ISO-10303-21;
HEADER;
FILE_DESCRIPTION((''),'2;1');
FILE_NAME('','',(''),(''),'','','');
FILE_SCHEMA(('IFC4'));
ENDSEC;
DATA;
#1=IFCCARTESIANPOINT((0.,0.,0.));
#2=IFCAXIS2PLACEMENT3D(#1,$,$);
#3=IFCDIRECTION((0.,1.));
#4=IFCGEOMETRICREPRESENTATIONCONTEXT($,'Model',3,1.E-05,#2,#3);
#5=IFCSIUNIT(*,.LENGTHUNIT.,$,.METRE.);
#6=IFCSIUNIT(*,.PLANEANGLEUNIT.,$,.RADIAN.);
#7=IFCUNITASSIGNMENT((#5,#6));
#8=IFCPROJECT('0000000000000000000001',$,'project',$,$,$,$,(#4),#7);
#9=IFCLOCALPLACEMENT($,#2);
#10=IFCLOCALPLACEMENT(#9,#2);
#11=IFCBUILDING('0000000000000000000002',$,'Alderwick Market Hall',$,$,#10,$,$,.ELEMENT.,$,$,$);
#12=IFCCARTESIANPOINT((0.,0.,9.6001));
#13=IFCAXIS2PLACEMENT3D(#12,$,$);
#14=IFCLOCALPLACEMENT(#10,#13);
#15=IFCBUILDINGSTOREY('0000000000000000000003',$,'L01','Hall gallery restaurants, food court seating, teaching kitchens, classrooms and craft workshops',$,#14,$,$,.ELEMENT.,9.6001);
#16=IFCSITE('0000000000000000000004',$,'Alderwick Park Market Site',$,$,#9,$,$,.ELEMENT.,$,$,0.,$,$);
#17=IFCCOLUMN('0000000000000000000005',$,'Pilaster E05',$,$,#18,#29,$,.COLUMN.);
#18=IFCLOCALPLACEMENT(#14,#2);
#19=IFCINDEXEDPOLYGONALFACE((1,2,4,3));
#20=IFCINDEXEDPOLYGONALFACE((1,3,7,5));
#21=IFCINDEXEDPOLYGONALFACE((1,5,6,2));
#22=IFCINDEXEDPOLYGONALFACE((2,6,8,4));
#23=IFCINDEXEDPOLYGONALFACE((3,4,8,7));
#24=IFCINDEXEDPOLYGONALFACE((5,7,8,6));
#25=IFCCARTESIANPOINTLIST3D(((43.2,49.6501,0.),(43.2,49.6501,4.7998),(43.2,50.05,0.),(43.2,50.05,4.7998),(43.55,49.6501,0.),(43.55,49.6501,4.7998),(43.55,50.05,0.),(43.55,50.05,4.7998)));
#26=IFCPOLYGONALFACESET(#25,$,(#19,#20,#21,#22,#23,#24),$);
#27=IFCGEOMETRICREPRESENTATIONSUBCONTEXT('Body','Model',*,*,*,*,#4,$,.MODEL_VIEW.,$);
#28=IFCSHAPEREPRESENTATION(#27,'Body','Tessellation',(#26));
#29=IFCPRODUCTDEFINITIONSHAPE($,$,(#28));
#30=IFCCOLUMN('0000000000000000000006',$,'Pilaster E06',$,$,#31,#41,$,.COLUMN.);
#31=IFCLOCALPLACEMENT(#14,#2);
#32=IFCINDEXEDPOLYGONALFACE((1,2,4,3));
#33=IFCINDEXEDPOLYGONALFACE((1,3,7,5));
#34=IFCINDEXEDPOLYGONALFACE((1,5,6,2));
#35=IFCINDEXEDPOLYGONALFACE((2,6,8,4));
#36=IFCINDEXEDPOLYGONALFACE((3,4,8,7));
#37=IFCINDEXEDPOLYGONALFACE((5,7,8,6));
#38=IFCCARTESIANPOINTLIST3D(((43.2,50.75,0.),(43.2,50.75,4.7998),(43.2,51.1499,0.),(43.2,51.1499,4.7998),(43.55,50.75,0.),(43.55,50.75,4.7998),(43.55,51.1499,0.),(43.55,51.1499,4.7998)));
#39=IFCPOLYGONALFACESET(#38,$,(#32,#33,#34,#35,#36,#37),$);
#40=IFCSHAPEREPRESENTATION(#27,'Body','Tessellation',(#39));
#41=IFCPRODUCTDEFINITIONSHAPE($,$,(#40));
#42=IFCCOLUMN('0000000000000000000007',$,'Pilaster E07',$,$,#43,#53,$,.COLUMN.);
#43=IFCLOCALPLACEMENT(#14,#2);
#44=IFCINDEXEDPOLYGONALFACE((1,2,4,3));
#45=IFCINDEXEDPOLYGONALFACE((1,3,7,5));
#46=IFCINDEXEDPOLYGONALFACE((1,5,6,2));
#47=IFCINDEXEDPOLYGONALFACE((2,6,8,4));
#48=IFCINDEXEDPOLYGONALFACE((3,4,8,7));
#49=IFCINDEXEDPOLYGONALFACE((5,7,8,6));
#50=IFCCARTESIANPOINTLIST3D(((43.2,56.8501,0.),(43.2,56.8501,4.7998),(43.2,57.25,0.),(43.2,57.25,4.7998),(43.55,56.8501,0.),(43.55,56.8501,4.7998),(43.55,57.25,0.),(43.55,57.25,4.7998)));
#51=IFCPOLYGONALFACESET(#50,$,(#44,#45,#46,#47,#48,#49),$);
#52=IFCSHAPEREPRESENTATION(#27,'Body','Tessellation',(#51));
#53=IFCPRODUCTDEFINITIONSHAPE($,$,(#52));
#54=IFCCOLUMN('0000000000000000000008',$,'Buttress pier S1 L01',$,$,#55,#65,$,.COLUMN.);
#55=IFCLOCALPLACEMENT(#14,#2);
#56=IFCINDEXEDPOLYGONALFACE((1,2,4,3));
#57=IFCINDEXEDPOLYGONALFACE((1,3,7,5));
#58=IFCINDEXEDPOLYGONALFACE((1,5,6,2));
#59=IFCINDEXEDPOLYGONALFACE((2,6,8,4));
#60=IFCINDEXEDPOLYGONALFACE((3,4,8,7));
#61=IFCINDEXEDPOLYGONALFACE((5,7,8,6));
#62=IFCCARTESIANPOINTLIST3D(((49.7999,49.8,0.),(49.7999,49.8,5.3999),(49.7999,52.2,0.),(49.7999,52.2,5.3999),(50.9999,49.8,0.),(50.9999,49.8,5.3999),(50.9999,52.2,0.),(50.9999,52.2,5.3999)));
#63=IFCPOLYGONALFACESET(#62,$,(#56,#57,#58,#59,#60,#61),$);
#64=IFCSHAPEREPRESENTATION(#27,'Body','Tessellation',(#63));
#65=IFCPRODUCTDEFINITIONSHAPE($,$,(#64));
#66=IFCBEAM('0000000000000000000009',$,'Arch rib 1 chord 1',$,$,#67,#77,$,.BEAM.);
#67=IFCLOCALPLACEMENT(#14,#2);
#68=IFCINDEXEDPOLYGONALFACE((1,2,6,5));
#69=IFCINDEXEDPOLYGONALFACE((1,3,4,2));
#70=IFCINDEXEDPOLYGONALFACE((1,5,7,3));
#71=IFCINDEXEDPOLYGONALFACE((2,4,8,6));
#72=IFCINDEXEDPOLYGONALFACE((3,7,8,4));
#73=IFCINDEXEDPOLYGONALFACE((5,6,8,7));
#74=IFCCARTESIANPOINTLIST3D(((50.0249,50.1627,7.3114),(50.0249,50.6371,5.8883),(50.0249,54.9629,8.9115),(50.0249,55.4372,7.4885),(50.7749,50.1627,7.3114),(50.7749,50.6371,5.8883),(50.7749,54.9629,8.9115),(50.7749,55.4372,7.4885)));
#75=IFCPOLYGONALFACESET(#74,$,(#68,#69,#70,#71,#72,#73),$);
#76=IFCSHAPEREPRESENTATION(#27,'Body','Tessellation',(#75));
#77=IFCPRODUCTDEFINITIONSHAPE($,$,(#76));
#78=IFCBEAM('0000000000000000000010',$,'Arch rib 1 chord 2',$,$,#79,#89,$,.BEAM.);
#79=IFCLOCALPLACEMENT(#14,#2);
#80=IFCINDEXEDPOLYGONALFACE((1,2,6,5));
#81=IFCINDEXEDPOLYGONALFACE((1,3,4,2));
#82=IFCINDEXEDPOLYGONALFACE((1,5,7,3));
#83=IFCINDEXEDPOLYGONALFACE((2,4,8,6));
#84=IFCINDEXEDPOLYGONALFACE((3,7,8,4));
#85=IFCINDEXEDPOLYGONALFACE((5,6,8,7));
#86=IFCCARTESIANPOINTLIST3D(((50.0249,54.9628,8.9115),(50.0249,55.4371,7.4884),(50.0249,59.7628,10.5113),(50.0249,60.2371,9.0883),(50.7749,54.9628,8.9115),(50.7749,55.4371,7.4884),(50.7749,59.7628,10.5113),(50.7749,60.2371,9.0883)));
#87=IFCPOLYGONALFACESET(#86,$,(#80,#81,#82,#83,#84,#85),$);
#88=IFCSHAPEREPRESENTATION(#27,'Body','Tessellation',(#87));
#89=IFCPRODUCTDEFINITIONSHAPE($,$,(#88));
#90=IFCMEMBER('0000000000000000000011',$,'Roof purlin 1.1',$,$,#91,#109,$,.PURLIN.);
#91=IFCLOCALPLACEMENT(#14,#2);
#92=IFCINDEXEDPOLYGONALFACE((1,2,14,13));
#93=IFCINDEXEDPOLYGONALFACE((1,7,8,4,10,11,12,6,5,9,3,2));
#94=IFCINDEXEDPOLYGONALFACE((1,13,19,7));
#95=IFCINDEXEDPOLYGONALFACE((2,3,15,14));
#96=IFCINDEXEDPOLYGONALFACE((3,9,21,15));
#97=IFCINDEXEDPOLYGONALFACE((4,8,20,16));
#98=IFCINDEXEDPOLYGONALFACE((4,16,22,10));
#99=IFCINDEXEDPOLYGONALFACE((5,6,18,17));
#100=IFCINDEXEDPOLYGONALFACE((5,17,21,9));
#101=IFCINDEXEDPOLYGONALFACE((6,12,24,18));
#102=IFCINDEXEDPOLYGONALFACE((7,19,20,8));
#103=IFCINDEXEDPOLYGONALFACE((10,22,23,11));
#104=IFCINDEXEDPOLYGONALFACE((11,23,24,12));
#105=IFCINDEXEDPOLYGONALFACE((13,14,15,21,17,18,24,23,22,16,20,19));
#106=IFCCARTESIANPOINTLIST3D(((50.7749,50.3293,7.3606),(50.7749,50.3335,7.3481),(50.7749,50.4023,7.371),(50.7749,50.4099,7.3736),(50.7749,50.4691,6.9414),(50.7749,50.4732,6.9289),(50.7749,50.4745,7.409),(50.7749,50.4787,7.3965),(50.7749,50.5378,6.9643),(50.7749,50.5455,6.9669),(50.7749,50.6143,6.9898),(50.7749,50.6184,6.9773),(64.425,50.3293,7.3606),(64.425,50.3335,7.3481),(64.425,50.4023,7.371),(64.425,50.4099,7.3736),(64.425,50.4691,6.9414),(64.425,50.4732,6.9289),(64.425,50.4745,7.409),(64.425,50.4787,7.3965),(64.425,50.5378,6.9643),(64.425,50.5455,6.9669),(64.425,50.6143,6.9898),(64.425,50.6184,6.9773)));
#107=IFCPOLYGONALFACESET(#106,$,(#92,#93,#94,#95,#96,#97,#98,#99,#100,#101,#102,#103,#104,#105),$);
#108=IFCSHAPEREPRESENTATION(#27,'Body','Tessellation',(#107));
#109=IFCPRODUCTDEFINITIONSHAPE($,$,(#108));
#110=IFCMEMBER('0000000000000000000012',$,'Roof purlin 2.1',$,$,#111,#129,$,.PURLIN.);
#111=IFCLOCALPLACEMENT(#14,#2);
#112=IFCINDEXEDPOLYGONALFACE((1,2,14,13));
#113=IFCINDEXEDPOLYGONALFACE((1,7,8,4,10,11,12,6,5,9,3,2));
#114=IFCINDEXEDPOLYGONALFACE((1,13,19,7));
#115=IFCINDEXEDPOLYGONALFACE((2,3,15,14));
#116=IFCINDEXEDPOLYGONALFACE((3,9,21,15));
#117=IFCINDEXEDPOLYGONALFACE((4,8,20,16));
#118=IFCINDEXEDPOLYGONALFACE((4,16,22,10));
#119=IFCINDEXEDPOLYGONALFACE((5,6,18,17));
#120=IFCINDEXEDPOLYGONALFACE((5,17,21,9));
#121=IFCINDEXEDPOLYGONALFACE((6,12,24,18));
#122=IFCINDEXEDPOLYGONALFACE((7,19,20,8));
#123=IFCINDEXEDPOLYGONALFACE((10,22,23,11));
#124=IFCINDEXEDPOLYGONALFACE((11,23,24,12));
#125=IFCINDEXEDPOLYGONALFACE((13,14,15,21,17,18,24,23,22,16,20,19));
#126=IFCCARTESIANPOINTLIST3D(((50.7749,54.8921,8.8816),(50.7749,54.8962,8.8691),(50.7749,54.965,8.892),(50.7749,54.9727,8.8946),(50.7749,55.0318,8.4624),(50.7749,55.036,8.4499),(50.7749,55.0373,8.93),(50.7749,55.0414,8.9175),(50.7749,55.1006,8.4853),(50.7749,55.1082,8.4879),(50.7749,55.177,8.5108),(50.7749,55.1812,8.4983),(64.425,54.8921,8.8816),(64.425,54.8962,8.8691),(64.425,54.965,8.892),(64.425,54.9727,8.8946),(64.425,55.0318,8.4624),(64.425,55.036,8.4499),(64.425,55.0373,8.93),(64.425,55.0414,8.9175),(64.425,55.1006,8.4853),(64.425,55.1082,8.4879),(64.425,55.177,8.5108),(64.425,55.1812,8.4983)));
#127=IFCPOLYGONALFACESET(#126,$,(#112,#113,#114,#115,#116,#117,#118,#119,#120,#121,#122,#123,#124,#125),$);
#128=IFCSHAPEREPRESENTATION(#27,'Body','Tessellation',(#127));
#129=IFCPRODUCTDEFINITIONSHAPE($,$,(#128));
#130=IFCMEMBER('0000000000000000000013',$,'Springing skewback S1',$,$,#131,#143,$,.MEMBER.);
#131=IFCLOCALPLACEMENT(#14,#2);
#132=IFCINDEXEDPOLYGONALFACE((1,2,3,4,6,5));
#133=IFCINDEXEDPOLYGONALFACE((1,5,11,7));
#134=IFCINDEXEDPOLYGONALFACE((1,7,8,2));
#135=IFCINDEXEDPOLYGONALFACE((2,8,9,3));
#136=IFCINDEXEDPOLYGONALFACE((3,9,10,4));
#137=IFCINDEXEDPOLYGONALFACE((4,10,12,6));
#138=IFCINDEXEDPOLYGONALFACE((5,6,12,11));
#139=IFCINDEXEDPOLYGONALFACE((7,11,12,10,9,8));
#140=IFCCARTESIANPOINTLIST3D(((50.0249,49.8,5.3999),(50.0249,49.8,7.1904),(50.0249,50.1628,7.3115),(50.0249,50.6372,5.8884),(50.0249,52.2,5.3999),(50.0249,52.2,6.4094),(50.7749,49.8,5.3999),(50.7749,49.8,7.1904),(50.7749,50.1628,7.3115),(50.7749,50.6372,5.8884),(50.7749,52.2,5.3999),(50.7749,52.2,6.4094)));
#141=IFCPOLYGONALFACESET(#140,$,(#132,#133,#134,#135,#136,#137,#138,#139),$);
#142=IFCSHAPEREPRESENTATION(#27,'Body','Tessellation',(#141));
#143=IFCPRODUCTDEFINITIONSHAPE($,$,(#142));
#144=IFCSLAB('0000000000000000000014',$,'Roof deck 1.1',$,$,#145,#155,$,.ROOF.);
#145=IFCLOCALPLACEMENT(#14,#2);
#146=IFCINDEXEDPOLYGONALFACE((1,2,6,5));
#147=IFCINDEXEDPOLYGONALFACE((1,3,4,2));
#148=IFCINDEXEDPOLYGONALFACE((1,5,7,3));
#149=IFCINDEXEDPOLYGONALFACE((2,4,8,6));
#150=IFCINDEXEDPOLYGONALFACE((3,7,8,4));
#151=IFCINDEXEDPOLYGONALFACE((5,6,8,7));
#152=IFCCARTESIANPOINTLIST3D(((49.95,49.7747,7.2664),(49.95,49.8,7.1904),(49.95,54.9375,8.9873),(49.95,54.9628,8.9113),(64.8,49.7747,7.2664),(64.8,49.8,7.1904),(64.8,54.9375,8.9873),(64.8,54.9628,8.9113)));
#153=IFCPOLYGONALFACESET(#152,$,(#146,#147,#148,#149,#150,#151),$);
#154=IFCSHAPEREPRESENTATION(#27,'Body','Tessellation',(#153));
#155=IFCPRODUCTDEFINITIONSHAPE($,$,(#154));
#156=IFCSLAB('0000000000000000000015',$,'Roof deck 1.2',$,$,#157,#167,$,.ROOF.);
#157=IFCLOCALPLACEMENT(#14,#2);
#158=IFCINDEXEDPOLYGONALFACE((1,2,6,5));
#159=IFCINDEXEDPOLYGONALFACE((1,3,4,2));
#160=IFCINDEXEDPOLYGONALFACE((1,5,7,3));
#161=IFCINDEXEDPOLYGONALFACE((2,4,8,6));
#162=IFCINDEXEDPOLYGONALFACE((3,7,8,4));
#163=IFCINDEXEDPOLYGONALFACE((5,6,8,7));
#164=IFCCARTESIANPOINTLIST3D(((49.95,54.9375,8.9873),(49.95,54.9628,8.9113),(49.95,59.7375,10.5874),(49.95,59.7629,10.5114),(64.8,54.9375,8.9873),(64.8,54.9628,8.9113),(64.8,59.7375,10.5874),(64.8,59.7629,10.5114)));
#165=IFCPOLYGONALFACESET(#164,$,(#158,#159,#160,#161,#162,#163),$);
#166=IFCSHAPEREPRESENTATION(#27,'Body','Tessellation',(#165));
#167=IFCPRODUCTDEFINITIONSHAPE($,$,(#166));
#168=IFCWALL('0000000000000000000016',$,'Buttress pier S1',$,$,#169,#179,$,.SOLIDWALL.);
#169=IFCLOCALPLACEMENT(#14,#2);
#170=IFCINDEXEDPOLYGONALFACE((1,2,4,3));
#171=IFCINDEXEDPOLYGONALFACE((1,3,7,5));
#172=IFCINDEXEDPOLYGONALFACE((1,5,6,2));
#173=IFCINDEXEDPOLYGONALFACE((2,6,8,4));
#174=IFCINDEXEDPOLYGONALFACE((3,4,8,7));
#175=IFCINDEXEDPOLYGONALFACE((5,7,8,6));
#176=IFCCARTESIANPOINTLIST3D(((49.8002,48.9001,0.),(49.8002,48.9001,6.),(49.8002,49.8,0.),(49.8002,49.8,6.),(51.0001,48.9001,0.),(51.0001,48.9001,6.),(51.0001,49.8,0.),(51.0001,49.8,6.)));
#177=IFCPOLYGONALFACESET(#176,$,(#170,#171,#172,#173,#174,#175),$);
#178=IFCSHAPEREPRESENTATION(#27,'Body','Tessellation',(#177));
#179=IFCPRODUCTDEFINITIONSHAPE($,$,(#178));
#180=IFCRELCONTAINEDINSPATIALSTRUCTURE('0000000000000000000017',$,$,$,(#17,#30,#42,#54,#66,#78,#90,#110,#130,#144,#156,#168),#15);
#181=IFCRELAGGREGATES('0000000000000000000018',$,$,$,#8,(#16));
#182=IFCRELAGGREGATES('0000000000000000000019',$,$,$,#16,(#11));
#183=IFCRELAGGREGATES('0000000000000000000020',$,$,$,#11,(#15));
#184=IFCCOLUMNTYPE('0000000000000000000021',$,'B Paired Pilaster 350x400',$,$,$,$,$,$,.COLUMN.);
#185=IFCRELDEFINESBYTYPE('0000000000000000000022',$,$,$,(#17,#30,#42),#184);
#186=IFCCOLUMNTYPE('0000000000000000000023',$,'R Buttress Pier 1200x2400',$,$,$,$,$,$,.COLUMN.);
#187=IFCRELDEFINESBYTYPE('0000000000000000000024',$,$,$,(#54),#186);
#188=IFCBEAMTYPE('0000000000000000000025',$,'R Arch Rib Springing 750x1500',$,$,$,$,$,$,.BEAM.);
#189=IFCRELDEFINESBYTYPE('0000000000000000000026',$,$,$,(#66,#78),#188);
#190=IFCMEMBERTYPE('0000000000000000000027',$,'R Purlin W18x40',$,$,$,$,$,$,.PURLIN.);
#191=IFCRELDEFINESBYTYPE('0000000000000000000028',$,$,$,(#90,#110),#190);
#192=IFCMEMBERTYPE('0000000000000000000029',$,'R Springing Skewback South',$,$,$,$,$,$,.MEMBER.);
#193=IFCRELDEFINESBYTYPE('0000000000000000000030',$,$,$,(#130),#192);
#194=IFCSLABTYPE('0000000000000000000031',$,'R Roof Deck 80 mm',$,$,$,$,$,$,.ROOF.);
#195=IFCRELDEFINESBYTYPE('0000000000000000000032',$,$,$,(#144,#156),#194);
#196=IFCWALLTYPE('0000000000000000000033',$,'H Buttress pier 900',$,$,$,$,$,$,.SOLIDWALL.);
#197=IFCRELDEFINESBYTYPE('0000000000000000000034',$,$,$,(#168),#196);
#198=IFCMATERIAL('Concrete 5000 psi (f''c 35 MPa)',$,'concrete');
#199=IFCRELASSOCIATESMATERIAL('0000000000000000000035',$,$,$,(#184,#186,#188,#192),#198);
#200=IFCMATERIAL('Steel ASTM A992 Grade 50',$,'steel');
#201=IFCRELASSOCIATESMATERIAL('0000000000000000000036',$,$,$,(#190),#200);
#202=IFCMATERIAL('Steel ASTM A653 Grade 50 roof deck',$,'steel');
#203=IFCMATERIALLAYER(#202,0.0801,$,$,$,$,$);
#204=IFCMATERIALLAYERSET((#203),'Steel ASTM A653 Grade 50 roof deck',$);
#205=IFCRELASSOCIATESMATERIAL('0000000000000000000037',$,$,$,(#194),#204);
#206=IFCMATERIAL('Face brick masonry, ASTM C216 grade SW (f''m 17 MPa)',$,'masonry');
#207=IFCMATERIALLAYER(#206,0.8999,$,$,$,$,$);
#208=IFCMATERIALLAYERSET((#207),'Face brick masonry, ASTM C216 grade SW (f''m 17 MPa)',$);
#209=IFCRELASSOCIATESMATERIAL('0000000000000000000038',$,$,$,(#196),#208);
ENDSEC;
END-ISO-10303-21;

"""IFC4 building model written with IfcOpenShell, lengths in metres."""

from ifc_helpers import new_model, si_unit, direction, frame, frame_2d, origin, origin_2d, place, context, subcontext, project, spatial, polyline, rectangle, i_section, outline, extrude, material, layer, layer_set, material_profile, profile_set, type_object, element, save


model = new_model("IFC4")

# Units and contexts
model_context = context("Model", 3, precision=1e-05, world=origin(), true_north=direction((0.0, 1.0)))
body_context = subcontext(model_context, "Body", "Model", "MODEL_VIEW")
ifc_project = project(units=[si_unit("LENGTHUNIT", "METRE"), si_unit("PLANEANGLEUNIT", "RADIAN")], contexts=[model_context])

# Site, building, storey
site_placement = place(None, origin())
site = spatial("IfcSite", under=ifc_project, at=site_placement, Name="Alderwick Park Market Site", CompositionType="ELEMENT", RefElevation=0.0)
building_placement = place(site_placement, origin())
building = spatial("IfcBuilding", under=site, at=building_placement, Name="Alderwick Market Hall", CompositionType="ELEMENT")
storey_placement = place(building_placement, frame((0.0, 0.0, 9.6001)))
storey = spatial("IfcBuildingStorey", under=building, at=storey_placement, Name="L01", Description="Hall gallery restaurants, food court seating, teaching kitchens, classrooms and craft workshops", CompositionType="ELEMENT", Elevation=9.6001)

# Columns
ifc_material_1 = material(Name="Concrete 5000 psi (f'c 35 MPa)", Category="concrete")
ifc_material_profile_1 = material_profile(ifc_material_1, rectangle(XDim=0.3501, YDim=0.3999, at=origin_2d()), Name="B Paired Pilaster 350x400")
ifc_profile_set_1 = profile_set([ifc_material_profile_1], Name="Concrete 5000 psi (f'c 35 MPa)")
column_type_1 = type_object("IfcColumnType", Name="B Paired Pilaster 350x400", PredefinedType="COLUMN", material=ifc_profile_set_1)
for number, where, z_axis, x_axis, name in (
    (1, (43.375, 49.8501, 0.0), (0.0, 0.0, 1.0), (1.0, 0.0, 0.0), "Pilaster E05"),
    (2, (43.375, 50.95, 0.0), (0.0, 0.0, 1.0), (1.0, 0.0, 0.0), "Pilaster E06"),
    (3, (43.375, 57.05, 0.0), (0.0, 0.0, 1.0), (1.0, 0.0, 0.0), "Pilaster E07"),
):
    element("IfcColumn", number, at=place(storey_placement, frame(where, z_axis=z_axis, x_axis=x_axis)), inside=storey, type_object=column_type_1, Name=name, PredefinedType="COLUMN", context=body_context, shape_type="SweptSolid", body=[
        extrude(rectangle(XDim=0.3501, YDim=0.3999, at=origin_2d()), origin(), (0.0, 0.0, 1.0), 4.7998),
    ])
ifc_material_profile_2 = material_profile(ifc_material_1, rectangle(XDim=1.2, YDim=2.3999, at=origin_2d()), Name="RC 1200x2400")
ifc_profile_set_2 = profile_set([ifc_material_profile_2], Name="Concrete 5000 psi (f'c 35 MPa)")
column_type_2 = type_object("IfcColumnType", Name="R Buttress Pier 1200x2400", PredefinedType="COLUMN", material=ifc_profile_set_2)
column_placement = place(storey_placement, frame((50.3999, 51.0, 0.0), z_axis=(0.0, 0.0, 1.0), x_axis=(1.0, 0.0, 0.0)))
element("IfcColumn", 4, at=column_placement, inside=storey, type_object=column_type_2, Name="Buttress pier S1 L01", PredefinedType="COLUMN", context=body_context, shape_type="SweptSolid", body=[
    extrude(rectangle(XDim=1.2, YDim=2.3999, at=origin_2d()), origin(), (0.0, 0.0, 1.0), 5.3999),
])

# Beams
ifc_material_profile_3 = material_profile(ifc_material_1, rectangle(XDim=0.75, YDim=1.5, at=origin_2d()), Name="RC 750x1500")
ifc_profile_set_3 = profile_set([ifc_material_profile_3], Name="Concrete 5000 psi (f'c 35 MPa)")
beam_type = type_object("IfcBeamType", Name="R Arch Rib Springing 750x1500", PredefinedType="BEAM", material=ifc_profile_set_3)
beam_1_placement = place(storey_placement, frame((50.3999, 50.3999, 6.5999), z_axis=(0.0, 0.948678, 0.316242), x_axis=(-1.0, 0.0, 0.0)))
element("IfcBeam", 5, at=beam_1_placement, inside=storey, type_object=beam_type, Name="Arch rib 1 chord 1", PredefinedType="BEAM", context=body_context, shape_type="SweptSolid", body=[
    extrude(rectangle(XDim=0.75, YDim=1.5, at=origin_2d()), origin(), (0.0, 0.0, 1.0), 5.0598),
])
beam_2_placement = place(storey_placement, frame((50.3999, 55.2, 8.2), z_axis=(0.0, 0.948693, 0.316199), x_axis=(-1.0, 0.0, 0.0)))
element("IfcBeam", 6, at=beam_2_placement, inside=storey, type_object=beam_type, Name="Arch rib 1 chord 2", PredefinedType="BEAM", context=body_context, shape_type="SweptSolid", body=[
    extrude(rectangle(XDim=0.75, YDim=1.5, at=origin_2d()), origin(), (0.0, 0.0, 1.0), 5.0596),
])

# Members
ifc_material_2 = material(Name="Steel ASTM A992 Grade 50", Category="steel")
ifc_material_profile_4 = material_profile(ifc_material_2, i_section(OverallWidth=0.1531, OverallDepth=0.4551, WebThickness=0.0081, FlangeThickness=0.0132, at=origin_2d()), Name="W18x40")
ifc_profile_set_4 = profile_set([ifc_material_profile_4], Name="Steel ASTM A992 Grade 50")
member_type_1 = type_object("IfcMemberType", Name="R Purlin W18x40", PredefinedType="PURLIN", material=ifc_profile_set_4)
for number, where, z_axis, x_axis, name in (
    (7, (50.7749, 50.4739, 7.1689), (1.0, 0.0, 0.0), (0.0, 0.948683, 0.316228), "Roof purlin 1.1"),
    (8, (50.7749, 55.0366, 8.6899), (1.0, 0.0, 0.0), (0.0, 0.948683, 0.316228), "Roof purlin 2.1"),
):
    element("IfcMember", number, at=place(storey_placement, frame(where, z_axis=z_axis, x_axis=x_axis)), inside=storey, type_object=member_type_1, Name=name, PredefinedType="PURLIN", context=body_context, shape_type="SweptSolid", body=[
        extrude(i_section(OverallWidth=0.1531, OverallDepth=0.4551, WebThickness=0.0081, FlangeThickness=0.0132, at=origin_2d()), origin(), (0.0, 0.0, 1.0), 13.6501),
    ])
ifc_material_profile_5 = material_profile(ifc_material_1, outline(polyline([(0.0, 0.0), (2.3999, 0.0), (2.3999, 1.0095), (0.8372, 0.4885), (0.3628, 1.9116), (0.0, 1.7905), (0.0, 0.0)])), Name="RC skewback S")
ifc_profile_set_5 = profile_set([ifc_material_profile_5], Name="Concrete 5000 psi (f'c 35 MPa)")
member_type_2 = type_object("IfcMemberType", Name="R Springing Skewback South", PredefinedType="MEMBER", material=ifc_profile_set_5)
member_placement = place(storey_placement, frame((50.0249, 49.8, 5.3999), z_axis=(1.0, 0.0, 0.0), x_axis=(0.0, 1.0, 0.0)))
element("IfcMember", 9, at=member_placement, inside=storey, type_object=member_type_2, Name="Springing skewback S1", PredefinedType="MEMBER", context=body_context, shape_type="SweptSolid", body=[
    extrude(outline(polyline([(0.0, 0.0), (2.3999, 0.0), (2.3999, 1.0095), (0.8372, 0.4885), (0.3628, 1.9116), (0.0, 1.7905), (0.0, 0.0)])), origin(), (0.0, 0.0, 1.0), 0.75),
])

# Slabs
ifc_material_3 = material(Name="Steel ASTM A653 Grade 50 roof deck", Category="steel")
ifc_layer_1 = layer(ifc_material_3, 0.0801)
ifc_layer_set_1 = layer_set([ifc_layer_1], Name="Steel ASTM A653 Grade 50 roof deck")
slab_type = type_object("IfcSlabType", Name="R Roof Deck 80 mm", PredefinedType="ROOF", material=ifc_layer_set_1)
slab_1_placement = place(storey_placement, frame((49.95, 49.7747, 7.2664), z_axis=(0.0, -0.316228, 0.948683), x_axis=(1.0, 0.0, 0.0)))
element("IfcSlab", 10, at=slab_1_placement, inside=storey, type_object=slab_type, Name="Roof deck 1.1", PredefinedType="ROOF", context=body_context, shape_type="SweptSolid", body=[
    extrude(outline(polyline([(0.0, 0.0), (14.8501, 0.0), (14.8501, 5.4421), (0.0, 5.4421), (0.0, 0.0)])), origin(), (0.0, 0.0, -1.0), 0.0801),
])
slab_2_placement = place(storey_placement, frame((49.95, 54.9375, 8.9873), z_axis=(0.0, -0.316242, 0.948678), x_axis=(1.0, 0.0, 0.0)))
element("IfcSlab", 11, at=slab_2_placement, inside=storey, type_object=slab_type, Name="Roof deck 1.2", PredefinedType="ROOF", context=body_context, shape_type="SweptSolid", body=[
    extrude(outline(polyline([(0.0, 0.0), (14.8501, 0.0), (14.8501, 5.0597), (0.0, 5.0597), (0.0, 0.0)])), origin(), (0.0, 0.0, -1.0), 0.0801),
])

# Wall
ifc_material_4 = material(Name="Face brick masonry, ASTM C216 grade SW (f'm 17 MPa)", Category="masonry")
ifc_layer_2 = layer(ifc_material_4, 0.8999)
ifc_layer_set_2 = layer_set([ifc_layer_2], Name="Face brick masonry, ASTM C216 grade SW (f'm 17 MPa)")
wall_type_1 = type_object("IfcWallType", Name="H Buttress pier 900", PredefinedType="SOLIDWALL", material=ifc_layer_set_2)
wall_1_placement = place(storey_placement, frame((49.8, 49.3501, 0.0), z_axis=(0.0, 0.0, 1.0), x_axis=(1.0, 0.0, 0.0)))
element("IfcWall", 12, at=wall_1_placement, inside=storey, type_object=wall_type_1, Name="Buttress pier S1", PredefinedType="SOLIDWALL", context=body_context, shape_type="SweptSolid", body=[
    extrude(rectangle(XDim=1.2, YDim=0.8999, at=frame_2d((0.6001, 0.0))), origin(), (0.0, 0.0, 1.0), 6.0),
])

save(model, "model.ifc")
